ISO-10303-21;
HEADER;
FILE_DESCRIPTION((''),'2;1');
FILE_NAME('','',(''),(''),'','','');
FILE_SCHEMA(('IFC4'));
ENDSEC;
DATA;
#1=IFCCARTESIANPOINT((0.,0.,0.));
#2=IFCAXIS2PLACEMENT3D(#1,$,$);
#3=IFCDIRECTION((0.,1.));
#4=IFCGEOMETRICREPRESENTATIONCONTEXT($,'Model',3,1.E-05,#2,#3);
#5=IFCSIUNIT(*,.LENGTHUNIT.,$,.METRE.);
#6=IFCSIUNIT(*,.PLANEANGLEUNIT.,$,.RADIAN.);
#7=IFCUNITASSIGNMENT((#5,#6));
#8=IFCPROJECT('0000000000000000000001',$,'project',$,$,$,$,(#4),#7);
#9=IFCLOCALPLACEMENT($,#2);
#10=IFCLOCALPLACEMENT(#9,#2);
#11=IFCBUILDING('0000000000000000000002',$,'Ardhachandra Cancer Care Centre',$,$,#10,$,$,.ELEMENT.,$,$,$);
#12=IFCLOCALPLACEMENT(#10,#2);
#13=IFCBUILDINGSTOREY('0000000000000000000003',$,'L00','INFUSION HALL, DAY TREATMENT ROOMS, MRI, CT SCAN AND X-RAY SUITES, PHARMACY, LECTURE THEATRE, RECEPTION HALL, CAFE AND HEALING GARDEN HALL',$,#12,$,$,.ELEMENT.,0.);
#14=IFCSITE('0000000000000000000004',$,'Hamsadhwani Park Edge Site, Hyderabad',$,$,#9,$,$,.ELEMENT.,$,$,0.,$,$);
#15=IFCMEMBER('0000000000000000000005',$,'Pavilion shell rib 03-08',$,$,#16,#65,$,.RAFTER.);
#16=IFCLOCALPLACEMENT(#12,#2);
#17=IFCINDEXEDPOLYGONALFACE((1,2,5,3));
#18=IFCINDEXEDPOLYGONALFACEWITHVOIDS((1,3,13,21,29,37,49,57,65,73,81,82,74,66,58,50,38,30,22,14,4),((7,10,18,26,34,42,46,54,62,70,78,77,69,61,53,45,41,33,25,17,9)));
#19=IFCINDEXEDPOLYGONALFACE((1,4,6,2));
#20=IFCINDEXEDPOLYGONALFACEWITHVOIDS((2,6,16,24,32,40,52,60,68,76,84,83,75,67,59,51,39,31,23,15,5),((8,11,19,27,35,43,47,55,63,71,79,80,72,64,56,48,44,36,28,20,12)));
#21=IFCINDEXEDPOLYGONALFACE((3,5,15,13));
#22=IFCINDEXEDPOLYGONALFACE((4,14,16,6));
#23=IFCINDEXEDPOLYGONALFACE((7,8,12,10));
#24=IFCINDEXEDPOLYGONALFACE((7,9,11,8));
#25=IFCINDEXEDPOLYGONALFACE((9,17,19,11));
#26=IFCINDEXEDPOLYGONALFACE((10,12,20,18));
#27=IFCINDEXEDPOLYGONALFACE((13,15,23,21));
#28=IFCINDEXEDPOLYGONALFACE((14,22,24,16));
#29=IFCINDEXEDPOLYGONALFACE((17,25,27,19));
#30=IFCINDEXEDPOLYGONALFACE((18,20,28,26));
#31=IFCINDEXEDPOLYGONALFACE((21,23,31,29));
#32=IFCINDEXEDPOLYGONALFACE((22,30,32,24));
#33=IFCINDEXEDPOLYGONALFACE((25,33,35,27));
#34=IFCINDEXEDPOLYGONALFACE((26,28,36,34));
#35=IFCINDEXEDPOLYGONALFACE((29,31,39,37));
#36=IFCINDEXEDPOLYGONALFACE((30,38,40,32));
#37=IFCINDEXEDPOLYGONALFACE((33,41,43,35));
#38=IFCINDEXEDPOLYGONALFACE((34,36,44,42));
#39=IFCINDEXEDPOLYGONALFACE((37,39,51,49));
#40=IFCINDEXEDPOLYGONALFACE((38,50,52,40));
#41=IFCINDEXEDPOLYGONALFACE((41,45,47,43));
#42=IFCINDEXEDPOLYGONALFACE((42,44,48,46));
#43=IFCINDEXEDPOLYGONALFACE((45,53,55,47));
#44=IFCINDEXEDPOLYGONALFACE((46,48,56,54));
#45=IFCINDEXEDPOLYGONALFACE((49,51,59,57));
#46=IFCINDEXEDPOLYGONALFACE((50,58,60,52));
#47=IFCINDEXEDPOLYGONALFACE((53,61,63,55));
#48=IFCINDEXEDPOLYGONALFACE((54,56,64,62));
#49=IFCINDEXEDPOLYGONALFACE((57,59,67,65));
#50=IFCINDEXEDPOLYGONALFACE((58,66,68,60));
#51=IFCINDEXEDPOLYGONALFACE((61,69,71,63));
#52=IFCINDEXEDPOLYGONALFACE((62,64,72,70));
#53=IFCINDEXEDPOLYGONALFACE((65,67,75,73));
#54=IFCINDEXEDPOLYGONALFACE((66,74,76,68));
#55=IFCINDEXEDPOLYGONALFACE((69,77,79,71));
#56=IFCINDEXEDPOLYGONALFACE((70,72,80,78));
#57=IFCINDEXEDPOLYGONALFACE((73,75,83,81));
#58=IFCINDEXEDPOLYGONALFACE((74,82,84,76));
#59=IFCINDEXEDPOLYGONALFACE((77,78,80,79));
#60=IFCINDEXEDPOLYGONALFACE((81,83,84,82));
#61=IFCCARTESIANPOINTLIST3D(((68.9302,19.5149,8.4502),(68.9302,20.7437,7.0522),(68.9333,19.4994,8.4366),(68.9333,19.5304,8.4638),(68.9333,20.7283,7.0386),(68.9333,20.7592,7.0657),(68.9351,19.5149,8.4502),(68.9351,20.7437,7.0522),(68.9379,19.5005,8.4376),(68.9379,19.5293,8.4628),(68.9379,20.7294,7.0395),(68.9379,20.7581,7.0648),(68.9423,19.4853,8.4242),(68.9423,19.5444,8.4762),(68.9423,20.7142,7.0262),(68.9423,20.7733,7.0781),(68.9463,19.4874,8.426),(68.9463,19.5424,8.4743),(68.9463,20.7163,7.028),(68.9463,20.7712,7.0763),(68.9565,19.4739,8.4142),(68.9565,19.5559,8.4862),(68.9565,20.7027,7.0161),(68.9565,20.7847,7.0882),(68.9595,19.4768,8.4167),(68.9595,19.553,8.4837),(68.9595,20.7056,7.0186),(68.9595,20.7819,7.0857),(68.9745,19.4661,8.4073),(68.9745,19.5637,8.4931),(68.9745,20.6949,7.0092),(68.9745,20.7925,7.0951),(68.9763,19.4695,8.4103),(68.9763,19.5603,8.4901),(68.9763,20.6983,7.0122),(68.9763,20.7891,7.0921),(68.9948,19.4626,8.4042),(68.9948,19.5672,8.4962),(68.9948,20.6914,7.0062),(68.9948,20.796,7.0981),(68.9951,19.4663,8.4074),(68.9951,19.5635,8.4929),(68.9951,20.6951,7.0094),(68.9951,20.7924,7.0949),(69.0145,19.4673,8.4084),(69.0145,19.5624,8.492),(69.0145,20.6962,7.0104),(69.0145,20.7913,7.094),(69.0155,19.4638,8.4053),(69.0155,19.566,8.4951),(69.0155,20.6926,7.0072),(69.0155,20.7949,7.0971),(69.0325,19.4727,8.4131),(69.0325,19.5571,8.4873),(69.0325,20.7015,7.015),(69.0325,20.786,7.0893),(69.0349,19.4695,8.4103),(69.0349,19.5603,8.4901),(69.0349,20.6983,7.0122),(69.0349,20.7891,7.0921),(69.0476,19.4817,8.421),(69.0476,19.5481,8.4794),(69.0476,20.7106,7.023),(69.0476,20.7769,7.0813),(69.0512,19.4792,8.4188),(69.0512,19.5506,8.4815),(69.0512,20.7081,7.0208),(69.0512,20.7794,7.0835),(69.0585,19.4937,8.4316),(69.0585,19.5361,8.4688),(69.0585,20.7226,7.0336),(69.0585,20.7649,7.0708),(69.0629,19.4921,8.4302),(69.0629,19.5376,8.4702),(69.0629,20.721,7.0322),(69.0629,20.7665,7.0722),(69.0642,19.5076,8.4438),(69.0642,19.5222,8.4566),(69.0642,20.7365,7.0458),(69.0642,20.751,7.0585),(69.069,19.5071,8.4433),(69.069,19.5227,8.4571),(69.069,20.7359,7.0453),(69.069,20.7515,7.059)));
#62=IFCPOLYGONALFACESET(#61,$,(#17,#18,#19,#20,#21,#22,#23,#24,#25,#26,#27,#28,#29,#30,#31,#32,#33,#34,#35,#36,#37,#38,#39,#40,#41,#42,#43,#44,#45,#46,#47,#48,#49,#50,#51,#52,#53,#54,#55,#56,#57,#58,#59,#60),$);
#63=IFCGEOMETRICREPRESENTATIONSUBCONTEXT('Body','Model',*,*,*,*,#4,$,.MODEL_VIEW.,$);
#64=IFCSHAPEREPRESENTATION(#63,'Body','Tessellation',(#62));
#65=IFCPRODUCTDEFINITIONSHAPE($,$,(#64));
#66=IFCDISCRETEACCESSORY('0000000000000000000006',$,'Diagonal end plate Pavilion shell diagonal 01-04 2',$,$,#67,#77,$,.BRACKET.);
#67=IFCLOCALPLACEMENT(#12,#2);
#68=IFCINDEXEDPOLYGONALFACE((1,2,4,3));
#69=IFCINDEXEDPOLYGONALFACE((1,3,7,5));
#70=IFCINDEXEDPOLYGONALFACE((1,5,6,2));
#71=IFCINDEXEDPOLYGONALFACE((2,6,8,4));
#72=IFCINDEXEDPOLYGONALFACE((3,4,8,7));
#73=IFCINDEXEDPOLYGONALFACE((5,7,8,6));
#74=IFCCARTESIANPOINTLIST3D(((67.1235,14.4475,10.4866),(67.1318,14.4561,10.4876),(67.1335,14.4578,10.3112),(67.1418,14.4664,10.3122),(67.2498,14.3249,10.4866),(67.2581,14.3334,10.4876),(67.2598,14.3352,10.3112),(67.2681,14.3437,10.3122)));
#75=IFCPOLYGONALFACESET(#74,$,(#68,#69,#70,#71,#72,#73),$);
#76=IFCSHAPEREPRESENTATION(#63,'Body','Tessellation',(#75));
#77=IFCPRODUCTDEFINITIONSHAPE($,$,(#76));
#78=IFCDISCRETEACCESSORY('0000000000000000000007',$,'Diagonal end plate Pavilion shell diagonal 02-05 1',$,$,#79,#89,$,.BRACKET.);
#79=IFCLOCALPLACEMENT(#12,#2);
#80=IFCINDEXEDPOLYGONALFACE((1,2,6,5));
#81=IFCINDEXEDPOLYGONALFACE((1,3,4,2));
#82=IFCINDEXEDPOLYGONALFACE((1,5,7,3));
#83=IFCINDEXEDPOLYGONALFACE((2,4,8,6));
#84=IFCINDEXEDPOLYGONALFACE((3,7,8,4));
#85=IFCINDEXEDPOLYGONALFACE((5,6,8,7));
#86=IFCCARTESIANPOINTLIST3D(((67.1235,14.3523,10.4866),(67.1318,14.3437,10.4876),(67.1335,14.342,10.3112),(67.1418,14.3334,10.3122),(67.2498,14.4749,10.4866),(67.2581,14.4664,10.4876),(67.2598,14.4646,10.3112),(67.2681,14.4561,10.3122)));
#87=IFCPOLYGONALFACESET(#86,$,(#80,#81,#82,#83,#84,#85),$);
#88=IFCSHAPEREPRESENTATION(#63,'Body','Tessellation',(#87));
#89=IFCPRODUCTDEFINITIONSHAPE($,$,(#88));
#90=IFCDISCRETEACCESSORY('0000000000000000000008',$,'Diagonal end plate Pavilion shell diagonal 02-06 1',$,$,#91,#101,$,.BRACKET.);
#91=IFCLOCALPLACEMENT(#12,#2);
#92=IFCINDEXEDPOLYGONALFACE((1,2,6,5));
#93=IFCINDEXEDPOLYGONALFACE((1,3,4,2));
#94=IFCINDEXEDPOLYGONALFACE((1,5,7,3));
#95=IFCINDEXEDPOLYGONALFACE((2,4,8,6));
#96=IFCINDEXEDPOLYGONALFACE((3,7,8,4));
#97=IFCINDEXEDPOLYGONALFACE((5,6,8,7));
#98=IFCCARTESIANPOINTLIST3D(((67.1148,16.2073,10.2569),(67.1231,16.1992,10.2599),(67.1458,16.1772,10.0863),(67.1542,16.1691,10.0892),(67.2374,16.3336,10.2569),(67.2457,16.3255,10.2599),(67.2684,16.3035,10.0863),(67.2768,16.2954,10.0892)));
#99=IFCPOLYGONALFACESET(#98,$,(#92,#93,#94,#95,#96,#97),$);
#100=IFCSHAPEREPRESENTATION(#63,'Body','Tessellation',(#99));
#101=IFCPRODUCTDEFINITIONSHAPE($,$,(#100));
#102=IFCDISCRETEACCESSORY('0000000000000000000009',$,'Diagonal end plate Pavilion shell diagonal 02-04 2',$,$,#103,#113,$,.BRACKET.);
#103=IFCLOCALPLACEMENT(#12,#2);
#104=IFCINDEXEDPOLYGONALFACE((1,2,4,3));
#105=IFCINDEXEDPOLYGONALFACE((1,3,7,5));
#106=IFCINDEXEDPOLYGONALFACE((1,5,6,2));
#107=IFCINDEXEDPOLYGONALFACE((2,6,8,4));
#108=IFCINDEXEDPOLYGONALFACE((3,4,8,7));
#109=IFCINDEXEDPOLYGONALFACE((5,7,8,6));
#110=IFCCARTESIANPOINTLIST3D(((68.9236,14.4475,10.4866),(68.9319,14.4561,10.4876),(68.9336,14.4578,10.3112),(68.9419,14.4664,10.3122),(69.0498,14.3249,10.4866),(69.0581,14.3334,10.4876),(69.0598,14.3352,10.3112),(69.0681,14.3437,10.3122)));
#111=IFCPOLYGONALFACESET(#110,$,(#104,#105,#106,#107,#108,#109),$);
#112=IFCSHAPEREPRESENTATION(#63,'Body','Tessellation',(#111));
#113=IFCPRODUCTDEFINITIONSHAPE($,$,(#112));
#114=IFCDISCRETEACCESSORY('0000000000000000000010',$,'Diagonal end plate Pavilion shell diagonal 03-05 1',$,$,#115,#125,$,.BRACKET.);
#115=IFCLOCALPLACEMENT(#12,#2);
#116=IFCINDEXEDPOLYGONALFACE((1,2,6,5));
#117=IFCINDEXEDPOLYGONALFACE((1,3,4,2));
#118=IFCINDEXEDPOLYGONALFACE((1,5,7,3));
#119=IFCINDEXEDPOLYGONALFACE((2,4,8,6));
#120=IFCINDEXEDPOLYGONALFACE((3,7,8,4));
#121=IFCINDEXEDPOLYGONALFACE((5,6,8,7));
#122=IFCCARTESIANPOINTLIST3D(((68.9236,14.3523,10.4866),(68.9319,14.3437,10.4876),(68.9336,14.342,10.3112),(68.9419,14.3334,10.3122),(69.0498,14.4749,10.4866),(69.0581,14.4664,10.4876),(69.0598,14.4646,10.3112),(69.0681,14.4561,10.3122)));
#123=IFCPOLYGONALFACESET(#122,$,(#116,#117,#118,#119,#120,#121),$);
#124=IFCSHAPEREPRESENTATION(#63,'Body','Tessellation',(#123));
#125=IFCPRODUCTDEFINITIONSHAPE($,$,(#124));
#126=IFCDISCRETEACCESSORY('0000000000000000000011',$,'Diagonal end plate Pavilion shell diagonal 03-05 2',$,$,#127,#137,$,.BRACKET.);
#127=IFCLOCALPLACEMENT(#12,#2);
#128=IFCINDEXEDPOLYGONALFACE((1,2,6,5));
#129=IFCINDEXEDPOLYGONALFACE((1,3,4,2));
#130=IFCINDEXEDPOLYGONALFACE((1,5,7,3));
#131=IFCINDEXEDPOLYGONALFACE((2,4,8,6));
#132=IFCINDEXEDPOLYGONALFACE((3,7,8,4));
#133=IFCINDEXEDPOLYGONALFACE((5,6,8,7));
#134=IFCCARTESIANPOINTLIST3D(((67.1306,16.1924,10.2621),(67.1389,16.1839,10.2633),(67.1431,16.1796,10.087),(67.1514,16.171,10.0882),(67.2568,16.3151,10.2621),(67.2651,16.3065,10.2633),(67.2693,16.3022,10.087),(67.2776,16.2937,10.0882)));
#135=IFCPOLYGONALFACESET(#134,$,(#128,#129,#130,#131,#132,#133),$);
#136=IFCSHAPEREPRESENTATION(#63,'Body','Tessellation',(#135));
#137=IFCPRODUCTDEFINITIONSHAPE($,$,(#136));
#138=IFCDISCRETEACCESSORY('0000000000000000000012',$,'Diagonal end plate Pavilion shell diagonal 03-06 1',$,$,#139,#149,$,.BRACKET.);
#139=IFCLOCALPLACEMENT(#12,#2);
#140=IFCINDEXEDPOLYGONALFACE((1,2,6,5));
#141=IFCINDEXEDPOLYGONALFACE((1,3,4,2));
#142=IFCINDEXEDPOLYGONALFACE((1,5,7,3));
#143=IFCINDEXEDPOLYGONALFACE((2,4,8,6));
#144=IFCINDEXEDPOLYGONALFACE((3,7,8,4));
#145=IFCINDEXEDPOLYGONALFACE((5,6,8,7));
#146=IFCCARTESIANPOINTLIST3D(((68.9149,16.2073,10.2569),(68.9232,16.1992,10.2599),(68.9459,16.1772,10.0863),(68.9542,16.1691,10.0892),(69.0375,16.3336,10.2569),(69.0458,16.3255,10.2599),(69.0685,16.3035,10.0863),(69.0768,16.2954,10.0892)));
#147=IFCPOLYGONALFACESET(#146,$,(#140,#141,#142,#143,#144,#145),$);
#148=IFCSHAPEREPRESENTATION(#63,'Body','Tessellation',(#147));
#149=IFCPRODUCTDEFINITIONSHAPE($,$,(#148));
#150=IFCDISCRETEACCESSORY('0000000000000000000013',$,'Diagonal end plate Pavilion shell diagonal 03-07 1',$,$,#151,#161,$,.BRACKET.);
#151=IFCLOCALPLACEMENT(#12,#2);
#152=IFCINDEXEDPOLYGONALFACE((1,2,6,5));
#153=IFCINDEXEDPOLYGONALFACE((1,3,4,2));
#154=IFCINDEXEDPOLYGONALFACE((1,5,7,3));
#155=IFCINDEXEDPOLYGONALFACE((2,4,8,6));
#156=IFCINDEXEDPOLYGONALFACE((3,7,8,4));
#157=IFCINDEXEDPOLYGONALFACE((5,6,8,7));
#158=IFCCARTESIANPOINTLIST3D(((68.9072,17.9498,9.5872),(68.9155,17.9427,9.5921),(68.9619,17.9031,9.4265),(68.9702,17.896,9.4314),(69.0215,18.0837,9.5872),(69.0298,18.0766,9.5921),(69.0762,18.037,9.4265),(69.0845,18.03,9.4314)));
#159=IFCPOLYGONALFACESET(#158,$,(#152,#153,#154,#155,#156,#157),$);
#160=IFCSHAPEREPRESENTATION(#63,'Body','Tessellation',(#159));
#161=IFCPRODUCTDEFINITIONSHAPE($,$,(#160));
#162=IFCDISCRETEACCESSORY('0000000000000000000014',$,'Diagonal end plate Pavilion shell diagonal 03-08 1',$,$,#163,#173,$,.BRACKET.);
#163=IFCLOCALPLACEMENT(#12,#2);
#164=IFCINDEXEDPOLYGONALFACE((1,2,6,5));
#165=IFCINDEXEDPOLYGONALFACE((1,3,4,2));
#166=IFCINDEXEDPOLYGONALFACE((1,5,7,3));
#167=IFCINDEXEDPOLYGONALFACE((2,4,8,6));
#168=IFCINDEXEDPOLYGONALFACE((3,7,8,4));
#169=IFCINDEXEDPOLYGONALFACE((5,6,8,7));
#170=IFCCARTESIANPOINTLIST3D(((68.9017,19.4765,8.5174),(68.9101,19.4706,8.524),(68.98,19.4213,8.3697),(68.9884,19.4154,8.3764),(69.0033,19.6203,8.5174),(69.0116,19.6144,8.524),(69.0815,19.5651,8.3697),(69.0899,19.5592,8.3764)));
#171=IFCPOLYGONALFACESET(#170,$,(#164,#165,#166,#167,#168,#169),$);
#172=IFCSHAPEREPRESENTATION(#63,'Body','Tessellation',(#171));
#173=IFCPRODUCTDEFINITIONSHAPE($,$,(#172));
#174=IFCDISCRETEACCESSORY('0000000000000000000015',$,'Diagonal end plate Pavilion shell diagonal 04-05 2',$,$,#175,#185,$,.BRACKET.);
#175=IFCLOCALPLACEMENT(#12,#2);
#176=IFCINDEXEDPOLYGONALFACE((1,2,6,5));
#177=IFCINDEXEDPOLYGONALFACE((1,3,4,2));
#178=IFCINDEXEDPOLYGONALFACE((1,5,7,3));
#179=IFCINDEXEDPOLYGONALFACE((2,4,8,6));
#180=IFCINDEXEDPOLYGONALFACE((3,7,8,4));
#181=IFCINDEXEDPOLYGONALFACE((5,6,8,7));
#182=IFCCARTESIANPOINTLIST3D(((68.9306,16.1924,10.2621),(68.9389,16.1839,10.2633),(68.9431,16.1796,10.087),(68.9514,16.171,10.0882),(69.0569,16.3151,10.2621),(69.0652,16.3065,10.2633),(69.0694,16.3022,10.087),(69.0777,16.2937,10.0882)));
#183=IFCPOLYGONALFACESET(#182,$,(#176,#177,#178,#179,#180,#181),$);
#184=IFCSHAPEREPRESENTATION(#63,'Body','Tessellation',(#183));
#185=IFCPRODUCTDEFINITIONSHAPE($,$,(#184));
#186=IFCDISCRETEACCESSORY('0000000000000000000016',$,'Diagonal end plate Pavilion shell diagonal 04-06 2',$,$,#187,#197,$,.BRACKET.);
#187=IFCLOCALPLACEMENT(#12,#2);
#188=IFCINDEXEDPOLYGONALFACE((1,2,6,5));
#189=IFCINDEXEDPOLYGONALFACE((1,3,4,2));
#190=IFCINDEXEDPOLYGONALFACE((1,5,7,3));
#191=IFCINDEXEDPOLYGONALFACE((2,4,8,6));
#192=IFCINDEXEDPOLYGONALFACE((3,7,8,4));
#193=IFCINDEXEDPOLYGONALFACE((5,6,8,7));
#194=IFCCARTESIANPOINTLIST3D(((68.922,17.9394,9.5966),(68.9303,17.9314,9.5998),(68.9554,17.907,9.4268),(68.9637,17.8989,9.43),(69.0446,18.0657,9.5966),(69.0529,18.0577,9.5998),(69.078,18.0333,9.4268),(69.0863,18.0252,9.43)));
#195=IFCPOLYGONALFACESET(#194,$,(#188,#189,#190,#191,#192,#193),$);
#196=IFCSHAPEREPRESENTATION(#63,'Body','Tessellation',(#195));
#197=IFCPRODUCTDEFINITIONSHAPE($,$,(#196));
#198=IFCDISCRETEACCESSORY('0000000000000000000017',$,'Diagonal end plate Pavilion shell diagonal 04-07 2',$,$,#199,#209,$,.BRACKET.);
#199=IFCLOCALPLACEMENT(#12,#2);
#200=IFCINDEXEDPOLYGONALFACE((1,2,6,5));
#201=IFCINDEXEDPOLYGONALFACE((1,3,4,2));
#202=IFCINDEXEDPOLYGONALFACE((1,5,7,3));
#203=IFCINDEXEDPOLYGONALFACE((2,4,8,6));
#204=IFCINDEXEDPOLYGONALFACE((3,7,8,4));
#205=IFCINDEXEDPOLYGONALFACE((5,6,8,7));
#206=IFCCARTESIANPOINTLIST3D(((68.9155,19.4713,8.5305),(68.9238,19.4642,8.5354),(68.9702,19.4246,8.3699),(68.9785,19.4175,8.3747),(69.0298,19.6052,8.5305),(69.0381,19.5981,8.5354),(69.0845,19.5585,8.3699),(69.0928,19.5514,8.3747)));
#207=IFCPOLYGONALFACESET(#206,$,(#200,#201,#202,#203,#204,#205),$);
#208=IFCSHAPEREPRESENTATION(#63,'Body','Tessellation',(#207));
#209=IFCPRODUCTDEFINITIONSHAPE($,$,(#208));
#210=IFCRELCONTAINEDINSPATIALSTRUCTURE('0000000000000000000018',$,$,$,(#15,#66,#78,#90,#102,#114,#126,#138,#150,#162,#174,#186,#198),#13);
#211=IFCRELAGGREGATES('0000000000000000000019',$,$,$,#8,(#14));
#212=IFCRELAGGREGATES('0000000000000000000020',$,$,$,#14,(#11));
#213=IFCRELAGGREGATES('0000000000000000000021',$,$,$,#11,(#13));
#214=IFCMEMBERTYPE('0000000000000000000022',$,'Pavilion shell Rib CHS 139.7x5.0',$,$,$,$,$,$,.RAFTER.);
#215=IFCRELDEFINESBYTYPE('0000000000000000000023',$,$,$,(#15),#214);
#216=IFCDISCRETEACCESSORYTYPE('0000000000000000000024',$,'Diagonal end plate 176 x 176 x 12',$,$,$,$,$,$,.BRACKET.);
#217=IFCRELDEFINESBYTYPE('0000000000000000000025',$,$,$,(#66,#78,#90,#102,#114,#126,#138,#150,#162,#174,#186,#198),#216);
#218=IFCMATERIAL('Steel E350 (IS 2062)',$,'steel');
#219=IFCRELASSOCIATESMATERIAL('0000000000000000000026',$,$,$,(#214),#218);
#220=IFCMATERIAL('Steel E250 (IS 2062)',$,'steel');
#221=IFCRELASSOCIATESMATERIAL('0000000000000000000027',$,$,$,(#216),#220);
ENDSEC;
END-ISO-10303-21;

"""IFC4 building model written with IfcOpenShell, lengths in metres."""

from ifc_helpers import new_model, si_unit, direction, frame, origin, origin_2d, place, context, subcontext, project, spatial, rectangle, hollow_circle, extrude, material, material_profile, profile_set, type_object, element, save


model = new_model("IFC4")

# Units and contexts
model_context = context("Model", 3, precision=1e-05, world=origin(), true_north=direction((0.0, 1.0)))
body_context = subcontext(model_context, "Body", "Model", "MODEL_VIEW")
ifc_project = project(units=[si_unit("LENGTHUNIT", "METRE"), si_unit("PLANEANGLEUNIT", "RADIAN")], contexts=[model_context])

# Site, building, storey
site_placement = place(None, origin())
site = spatial("IfcSite", under=ifc_project, at=site_placement, Name="Hamsadhwani Park Edge Site, Hyderabad", CompositionType="ELEMENT", RefElevation=0.0)
building_placement = place(site_placement, origin())
building = spatial("IfcBuilding", under=site, at=building_placement, Name="Ardhachandra Cancer Care Centre", CompositionType="ELEMENT")
storey_placement = place(building_placement, origin())
storey = spatial("IfcBuildingStorey", under=building, at=storey_placement, Name="L00", Description="INFUSION HALL, DAY TREATMENT ROOMS, MRI, CT SCAN AND X-RAY SUITES, PHARMACY, LECTURE THEATRE, RECEPTION HALL, CAFE AND HEALING GARDEN HALL", CompositionType="ELEMENT", Elevation=0.0)

# Member
ifc_material_1 = material(Name="Steel E350 (IS 2062)", Category="steel")
ifc_material_profile_1 = material_profile(ifc_material_1, hollow_circle(Radius=0.0698, WallThickness=0.0049, at=origin_2d()), Name="CHS 139.7x5.0")
ifc_profile_set_1 = profile_set([ifc_material_profile_1], Name="Steel E350 (IS 2062)")
member_type_1 = type_object("IfcMemberType", Name="Pavilion shell Rib CHS 139.7x5.0", PredefinedType="RAFTER", material=ifc_profile_set_1)
member_1_placement = place(storey_placement, frame((69.0, 19.5149, 8.4502), z_axis=(0.0, 0.660193, -0.751096), x_axis=(-1.0, 0.0, 0.0)))
element("IfcMember", 1, at=member_1_placement, inside=storey, type_object=member_type_1, Name="Pavilion shell rib 03-08", PredefinedType="RAFTER", context=body_context, shape_type="SweptSolid", body=[
    extrude(hollow_circle(Radius=0.0698, WallThickness=0.0049, at=origin_2d()), origin(), (0.0, 0.0, 1.0), 1.8613),
])

# Discrete accessories
ifc_material_2 = material(Name="Steel E250 (IS 2062)", Category="steel")
ifc_material_profile_2 = material_profile(ifc_material_2, rectangle(XDim=0.176, YDim=0.176, at=origin_2d()), Name="PL 176x176x12")
ifc_profile_set_2 = profile_set([ifc_material_profile_2], Name="Steel E250 (IS 2062)")
discrete_accessory_type = type_object("IfcDiscreteAccessoryType", Name="Diagonal end plate 176 x 176 x 12", PredefinedType="BRACKET", material=ifc_profile_set_2)
for number, where, z_axis, x_axis, name in (
    (2, (67.2, 14.3999, 10.3999), (-0.694456, -0.714881, -0.081701), (0.717279, -0.696786, 0.0), "Diagonal end plate Pavilion shell diagonal 01-04 2"),
    (3, (67.2, 14.3999, 10.3999), (-0.694456, 0.714881, -0.081701), (-0.717279, -0.696786, 0.0), "Diagonal end plate Pavilion shell diagonal 02-05 1"),
    (4, (67.2, 16.2473, 10.1746), (-0.695618, 0.675159, -0.245512), (-0.696475, -0.717581, 0.0), "Diagonal end plate Pavilion shell diagonal 02-06 1"),
    (5, (69.0, 14.3999, 10.3999), (-0.694456, -0.714881, -0.081701), (0.717279, -0.696786, 0.0), "Diagonal end plate Pavilion shell diagonal 02-04 2"),
    (6, (69.0, 14.3999, 10.3999), (-0.694456, 0.714881, -0.081701), (-0.717279, -0.696786, 0.0), "Diagonal end plate Pavilion shell diagonal 03-05 1"),
    (7, (67.2, 16.2473, 10.1746), (0.693156, -0.713543, 0.101935), (0.717279, 0.696786, 0.0), "Diagonal end plate Pavilion shell diagonal 03-05 2"),
    (8, (69.0, 16.2473, 10.1746), (-0.695618, 0.675159, -0.245512), (-0.696475, -0.717581, 0.0), "Diagonal end plate Pavilion shell diagonal 03-06 1"),
    (9, (69.0, 17.9863, 9.5117), (-0.694456, 0.59233, -0.408504), (-0.648947, -0.760834, 0.0), "Diagonal end plate Pavilion shell diagonal 03-07 1"),
):
    element("IfcDiscreteAccessory", number, at=place(storey_placement, frame(where, z_axis=z_axis, x_axis=x_axis)), inside=storey, type_object=discrete_accessory_type, Name=name, PredefinedType="BRACKET", context=body_context, shape_type="SweptSolid", body=[
        extrude(rectangle(XDim=0.176, YDim=0.176, at=origin_2d()), origin(), (0.0, 0.0, 1.0), 0.012),
    ])
discrete_accessory_placement = place(storey_placement, frame((69.0, 19.5149, 8.4502), z_axis=(-0.685367, 0.483788, -0.544262), x_axis=(-0.576683, -0.816968, 0.0)))
element("IfcDiscreteAccessory", 10, at=discrete_accessory_placement, inside=storey, type_object=discrete_accessory_type, Name="Diagonal end plate Pavilion shell diagonal 03-08 1", PredefinedType="BRACKET", context=body_context, shape_type="SweptSolid", body=[
    extrude(rectangle(XDim=0.176, YDim=0.176, at=origin_2d()), origin(), (0.0, 0.0, 1.0), 0.0122),
])
for number, where, z_axis, x_axis, name in (
    (11, (69.0, 16.2473, 10.1746), (0.693156, -0.713543, 0.101935), (0.717279, 0.696786, 0.0), "Diagonal end plate Pavilion shell diagonal 04-05 2"),
    (12, (69.0, 17.9863, 9.5117), (0.692007, -0.671654, 0.264591), (0.696475, 0.717581, 0.0), "Diagonal end plate Pavilion shell diagonal 04-06 2"),
    (13, (69.0, 19.5149, 8.4502), (0.694456, -0.59233, 0.408504), (0.648947, 0.760834, 0.0), "Diagonal end plate Pavilion shell diagonal 04-07 2"),
):
    element("IfcDiscreteAccessory", number, at=place(storey_placement, frame(where, z_axis=z_axis, x_axis=x_axis)), inside=storey, type_object=discrete_accessory_type, Name=name, PredefinedType="BRACKET", context=body_context, shape_type="SweptSolid", body=[
        extrude(rectangle(XDim=0.176, YDim=0.176, at=origin_2d()), origin(), (0.0, 0.0, 1.0), 0.012),
    ])

save(model, "model.ifc")
